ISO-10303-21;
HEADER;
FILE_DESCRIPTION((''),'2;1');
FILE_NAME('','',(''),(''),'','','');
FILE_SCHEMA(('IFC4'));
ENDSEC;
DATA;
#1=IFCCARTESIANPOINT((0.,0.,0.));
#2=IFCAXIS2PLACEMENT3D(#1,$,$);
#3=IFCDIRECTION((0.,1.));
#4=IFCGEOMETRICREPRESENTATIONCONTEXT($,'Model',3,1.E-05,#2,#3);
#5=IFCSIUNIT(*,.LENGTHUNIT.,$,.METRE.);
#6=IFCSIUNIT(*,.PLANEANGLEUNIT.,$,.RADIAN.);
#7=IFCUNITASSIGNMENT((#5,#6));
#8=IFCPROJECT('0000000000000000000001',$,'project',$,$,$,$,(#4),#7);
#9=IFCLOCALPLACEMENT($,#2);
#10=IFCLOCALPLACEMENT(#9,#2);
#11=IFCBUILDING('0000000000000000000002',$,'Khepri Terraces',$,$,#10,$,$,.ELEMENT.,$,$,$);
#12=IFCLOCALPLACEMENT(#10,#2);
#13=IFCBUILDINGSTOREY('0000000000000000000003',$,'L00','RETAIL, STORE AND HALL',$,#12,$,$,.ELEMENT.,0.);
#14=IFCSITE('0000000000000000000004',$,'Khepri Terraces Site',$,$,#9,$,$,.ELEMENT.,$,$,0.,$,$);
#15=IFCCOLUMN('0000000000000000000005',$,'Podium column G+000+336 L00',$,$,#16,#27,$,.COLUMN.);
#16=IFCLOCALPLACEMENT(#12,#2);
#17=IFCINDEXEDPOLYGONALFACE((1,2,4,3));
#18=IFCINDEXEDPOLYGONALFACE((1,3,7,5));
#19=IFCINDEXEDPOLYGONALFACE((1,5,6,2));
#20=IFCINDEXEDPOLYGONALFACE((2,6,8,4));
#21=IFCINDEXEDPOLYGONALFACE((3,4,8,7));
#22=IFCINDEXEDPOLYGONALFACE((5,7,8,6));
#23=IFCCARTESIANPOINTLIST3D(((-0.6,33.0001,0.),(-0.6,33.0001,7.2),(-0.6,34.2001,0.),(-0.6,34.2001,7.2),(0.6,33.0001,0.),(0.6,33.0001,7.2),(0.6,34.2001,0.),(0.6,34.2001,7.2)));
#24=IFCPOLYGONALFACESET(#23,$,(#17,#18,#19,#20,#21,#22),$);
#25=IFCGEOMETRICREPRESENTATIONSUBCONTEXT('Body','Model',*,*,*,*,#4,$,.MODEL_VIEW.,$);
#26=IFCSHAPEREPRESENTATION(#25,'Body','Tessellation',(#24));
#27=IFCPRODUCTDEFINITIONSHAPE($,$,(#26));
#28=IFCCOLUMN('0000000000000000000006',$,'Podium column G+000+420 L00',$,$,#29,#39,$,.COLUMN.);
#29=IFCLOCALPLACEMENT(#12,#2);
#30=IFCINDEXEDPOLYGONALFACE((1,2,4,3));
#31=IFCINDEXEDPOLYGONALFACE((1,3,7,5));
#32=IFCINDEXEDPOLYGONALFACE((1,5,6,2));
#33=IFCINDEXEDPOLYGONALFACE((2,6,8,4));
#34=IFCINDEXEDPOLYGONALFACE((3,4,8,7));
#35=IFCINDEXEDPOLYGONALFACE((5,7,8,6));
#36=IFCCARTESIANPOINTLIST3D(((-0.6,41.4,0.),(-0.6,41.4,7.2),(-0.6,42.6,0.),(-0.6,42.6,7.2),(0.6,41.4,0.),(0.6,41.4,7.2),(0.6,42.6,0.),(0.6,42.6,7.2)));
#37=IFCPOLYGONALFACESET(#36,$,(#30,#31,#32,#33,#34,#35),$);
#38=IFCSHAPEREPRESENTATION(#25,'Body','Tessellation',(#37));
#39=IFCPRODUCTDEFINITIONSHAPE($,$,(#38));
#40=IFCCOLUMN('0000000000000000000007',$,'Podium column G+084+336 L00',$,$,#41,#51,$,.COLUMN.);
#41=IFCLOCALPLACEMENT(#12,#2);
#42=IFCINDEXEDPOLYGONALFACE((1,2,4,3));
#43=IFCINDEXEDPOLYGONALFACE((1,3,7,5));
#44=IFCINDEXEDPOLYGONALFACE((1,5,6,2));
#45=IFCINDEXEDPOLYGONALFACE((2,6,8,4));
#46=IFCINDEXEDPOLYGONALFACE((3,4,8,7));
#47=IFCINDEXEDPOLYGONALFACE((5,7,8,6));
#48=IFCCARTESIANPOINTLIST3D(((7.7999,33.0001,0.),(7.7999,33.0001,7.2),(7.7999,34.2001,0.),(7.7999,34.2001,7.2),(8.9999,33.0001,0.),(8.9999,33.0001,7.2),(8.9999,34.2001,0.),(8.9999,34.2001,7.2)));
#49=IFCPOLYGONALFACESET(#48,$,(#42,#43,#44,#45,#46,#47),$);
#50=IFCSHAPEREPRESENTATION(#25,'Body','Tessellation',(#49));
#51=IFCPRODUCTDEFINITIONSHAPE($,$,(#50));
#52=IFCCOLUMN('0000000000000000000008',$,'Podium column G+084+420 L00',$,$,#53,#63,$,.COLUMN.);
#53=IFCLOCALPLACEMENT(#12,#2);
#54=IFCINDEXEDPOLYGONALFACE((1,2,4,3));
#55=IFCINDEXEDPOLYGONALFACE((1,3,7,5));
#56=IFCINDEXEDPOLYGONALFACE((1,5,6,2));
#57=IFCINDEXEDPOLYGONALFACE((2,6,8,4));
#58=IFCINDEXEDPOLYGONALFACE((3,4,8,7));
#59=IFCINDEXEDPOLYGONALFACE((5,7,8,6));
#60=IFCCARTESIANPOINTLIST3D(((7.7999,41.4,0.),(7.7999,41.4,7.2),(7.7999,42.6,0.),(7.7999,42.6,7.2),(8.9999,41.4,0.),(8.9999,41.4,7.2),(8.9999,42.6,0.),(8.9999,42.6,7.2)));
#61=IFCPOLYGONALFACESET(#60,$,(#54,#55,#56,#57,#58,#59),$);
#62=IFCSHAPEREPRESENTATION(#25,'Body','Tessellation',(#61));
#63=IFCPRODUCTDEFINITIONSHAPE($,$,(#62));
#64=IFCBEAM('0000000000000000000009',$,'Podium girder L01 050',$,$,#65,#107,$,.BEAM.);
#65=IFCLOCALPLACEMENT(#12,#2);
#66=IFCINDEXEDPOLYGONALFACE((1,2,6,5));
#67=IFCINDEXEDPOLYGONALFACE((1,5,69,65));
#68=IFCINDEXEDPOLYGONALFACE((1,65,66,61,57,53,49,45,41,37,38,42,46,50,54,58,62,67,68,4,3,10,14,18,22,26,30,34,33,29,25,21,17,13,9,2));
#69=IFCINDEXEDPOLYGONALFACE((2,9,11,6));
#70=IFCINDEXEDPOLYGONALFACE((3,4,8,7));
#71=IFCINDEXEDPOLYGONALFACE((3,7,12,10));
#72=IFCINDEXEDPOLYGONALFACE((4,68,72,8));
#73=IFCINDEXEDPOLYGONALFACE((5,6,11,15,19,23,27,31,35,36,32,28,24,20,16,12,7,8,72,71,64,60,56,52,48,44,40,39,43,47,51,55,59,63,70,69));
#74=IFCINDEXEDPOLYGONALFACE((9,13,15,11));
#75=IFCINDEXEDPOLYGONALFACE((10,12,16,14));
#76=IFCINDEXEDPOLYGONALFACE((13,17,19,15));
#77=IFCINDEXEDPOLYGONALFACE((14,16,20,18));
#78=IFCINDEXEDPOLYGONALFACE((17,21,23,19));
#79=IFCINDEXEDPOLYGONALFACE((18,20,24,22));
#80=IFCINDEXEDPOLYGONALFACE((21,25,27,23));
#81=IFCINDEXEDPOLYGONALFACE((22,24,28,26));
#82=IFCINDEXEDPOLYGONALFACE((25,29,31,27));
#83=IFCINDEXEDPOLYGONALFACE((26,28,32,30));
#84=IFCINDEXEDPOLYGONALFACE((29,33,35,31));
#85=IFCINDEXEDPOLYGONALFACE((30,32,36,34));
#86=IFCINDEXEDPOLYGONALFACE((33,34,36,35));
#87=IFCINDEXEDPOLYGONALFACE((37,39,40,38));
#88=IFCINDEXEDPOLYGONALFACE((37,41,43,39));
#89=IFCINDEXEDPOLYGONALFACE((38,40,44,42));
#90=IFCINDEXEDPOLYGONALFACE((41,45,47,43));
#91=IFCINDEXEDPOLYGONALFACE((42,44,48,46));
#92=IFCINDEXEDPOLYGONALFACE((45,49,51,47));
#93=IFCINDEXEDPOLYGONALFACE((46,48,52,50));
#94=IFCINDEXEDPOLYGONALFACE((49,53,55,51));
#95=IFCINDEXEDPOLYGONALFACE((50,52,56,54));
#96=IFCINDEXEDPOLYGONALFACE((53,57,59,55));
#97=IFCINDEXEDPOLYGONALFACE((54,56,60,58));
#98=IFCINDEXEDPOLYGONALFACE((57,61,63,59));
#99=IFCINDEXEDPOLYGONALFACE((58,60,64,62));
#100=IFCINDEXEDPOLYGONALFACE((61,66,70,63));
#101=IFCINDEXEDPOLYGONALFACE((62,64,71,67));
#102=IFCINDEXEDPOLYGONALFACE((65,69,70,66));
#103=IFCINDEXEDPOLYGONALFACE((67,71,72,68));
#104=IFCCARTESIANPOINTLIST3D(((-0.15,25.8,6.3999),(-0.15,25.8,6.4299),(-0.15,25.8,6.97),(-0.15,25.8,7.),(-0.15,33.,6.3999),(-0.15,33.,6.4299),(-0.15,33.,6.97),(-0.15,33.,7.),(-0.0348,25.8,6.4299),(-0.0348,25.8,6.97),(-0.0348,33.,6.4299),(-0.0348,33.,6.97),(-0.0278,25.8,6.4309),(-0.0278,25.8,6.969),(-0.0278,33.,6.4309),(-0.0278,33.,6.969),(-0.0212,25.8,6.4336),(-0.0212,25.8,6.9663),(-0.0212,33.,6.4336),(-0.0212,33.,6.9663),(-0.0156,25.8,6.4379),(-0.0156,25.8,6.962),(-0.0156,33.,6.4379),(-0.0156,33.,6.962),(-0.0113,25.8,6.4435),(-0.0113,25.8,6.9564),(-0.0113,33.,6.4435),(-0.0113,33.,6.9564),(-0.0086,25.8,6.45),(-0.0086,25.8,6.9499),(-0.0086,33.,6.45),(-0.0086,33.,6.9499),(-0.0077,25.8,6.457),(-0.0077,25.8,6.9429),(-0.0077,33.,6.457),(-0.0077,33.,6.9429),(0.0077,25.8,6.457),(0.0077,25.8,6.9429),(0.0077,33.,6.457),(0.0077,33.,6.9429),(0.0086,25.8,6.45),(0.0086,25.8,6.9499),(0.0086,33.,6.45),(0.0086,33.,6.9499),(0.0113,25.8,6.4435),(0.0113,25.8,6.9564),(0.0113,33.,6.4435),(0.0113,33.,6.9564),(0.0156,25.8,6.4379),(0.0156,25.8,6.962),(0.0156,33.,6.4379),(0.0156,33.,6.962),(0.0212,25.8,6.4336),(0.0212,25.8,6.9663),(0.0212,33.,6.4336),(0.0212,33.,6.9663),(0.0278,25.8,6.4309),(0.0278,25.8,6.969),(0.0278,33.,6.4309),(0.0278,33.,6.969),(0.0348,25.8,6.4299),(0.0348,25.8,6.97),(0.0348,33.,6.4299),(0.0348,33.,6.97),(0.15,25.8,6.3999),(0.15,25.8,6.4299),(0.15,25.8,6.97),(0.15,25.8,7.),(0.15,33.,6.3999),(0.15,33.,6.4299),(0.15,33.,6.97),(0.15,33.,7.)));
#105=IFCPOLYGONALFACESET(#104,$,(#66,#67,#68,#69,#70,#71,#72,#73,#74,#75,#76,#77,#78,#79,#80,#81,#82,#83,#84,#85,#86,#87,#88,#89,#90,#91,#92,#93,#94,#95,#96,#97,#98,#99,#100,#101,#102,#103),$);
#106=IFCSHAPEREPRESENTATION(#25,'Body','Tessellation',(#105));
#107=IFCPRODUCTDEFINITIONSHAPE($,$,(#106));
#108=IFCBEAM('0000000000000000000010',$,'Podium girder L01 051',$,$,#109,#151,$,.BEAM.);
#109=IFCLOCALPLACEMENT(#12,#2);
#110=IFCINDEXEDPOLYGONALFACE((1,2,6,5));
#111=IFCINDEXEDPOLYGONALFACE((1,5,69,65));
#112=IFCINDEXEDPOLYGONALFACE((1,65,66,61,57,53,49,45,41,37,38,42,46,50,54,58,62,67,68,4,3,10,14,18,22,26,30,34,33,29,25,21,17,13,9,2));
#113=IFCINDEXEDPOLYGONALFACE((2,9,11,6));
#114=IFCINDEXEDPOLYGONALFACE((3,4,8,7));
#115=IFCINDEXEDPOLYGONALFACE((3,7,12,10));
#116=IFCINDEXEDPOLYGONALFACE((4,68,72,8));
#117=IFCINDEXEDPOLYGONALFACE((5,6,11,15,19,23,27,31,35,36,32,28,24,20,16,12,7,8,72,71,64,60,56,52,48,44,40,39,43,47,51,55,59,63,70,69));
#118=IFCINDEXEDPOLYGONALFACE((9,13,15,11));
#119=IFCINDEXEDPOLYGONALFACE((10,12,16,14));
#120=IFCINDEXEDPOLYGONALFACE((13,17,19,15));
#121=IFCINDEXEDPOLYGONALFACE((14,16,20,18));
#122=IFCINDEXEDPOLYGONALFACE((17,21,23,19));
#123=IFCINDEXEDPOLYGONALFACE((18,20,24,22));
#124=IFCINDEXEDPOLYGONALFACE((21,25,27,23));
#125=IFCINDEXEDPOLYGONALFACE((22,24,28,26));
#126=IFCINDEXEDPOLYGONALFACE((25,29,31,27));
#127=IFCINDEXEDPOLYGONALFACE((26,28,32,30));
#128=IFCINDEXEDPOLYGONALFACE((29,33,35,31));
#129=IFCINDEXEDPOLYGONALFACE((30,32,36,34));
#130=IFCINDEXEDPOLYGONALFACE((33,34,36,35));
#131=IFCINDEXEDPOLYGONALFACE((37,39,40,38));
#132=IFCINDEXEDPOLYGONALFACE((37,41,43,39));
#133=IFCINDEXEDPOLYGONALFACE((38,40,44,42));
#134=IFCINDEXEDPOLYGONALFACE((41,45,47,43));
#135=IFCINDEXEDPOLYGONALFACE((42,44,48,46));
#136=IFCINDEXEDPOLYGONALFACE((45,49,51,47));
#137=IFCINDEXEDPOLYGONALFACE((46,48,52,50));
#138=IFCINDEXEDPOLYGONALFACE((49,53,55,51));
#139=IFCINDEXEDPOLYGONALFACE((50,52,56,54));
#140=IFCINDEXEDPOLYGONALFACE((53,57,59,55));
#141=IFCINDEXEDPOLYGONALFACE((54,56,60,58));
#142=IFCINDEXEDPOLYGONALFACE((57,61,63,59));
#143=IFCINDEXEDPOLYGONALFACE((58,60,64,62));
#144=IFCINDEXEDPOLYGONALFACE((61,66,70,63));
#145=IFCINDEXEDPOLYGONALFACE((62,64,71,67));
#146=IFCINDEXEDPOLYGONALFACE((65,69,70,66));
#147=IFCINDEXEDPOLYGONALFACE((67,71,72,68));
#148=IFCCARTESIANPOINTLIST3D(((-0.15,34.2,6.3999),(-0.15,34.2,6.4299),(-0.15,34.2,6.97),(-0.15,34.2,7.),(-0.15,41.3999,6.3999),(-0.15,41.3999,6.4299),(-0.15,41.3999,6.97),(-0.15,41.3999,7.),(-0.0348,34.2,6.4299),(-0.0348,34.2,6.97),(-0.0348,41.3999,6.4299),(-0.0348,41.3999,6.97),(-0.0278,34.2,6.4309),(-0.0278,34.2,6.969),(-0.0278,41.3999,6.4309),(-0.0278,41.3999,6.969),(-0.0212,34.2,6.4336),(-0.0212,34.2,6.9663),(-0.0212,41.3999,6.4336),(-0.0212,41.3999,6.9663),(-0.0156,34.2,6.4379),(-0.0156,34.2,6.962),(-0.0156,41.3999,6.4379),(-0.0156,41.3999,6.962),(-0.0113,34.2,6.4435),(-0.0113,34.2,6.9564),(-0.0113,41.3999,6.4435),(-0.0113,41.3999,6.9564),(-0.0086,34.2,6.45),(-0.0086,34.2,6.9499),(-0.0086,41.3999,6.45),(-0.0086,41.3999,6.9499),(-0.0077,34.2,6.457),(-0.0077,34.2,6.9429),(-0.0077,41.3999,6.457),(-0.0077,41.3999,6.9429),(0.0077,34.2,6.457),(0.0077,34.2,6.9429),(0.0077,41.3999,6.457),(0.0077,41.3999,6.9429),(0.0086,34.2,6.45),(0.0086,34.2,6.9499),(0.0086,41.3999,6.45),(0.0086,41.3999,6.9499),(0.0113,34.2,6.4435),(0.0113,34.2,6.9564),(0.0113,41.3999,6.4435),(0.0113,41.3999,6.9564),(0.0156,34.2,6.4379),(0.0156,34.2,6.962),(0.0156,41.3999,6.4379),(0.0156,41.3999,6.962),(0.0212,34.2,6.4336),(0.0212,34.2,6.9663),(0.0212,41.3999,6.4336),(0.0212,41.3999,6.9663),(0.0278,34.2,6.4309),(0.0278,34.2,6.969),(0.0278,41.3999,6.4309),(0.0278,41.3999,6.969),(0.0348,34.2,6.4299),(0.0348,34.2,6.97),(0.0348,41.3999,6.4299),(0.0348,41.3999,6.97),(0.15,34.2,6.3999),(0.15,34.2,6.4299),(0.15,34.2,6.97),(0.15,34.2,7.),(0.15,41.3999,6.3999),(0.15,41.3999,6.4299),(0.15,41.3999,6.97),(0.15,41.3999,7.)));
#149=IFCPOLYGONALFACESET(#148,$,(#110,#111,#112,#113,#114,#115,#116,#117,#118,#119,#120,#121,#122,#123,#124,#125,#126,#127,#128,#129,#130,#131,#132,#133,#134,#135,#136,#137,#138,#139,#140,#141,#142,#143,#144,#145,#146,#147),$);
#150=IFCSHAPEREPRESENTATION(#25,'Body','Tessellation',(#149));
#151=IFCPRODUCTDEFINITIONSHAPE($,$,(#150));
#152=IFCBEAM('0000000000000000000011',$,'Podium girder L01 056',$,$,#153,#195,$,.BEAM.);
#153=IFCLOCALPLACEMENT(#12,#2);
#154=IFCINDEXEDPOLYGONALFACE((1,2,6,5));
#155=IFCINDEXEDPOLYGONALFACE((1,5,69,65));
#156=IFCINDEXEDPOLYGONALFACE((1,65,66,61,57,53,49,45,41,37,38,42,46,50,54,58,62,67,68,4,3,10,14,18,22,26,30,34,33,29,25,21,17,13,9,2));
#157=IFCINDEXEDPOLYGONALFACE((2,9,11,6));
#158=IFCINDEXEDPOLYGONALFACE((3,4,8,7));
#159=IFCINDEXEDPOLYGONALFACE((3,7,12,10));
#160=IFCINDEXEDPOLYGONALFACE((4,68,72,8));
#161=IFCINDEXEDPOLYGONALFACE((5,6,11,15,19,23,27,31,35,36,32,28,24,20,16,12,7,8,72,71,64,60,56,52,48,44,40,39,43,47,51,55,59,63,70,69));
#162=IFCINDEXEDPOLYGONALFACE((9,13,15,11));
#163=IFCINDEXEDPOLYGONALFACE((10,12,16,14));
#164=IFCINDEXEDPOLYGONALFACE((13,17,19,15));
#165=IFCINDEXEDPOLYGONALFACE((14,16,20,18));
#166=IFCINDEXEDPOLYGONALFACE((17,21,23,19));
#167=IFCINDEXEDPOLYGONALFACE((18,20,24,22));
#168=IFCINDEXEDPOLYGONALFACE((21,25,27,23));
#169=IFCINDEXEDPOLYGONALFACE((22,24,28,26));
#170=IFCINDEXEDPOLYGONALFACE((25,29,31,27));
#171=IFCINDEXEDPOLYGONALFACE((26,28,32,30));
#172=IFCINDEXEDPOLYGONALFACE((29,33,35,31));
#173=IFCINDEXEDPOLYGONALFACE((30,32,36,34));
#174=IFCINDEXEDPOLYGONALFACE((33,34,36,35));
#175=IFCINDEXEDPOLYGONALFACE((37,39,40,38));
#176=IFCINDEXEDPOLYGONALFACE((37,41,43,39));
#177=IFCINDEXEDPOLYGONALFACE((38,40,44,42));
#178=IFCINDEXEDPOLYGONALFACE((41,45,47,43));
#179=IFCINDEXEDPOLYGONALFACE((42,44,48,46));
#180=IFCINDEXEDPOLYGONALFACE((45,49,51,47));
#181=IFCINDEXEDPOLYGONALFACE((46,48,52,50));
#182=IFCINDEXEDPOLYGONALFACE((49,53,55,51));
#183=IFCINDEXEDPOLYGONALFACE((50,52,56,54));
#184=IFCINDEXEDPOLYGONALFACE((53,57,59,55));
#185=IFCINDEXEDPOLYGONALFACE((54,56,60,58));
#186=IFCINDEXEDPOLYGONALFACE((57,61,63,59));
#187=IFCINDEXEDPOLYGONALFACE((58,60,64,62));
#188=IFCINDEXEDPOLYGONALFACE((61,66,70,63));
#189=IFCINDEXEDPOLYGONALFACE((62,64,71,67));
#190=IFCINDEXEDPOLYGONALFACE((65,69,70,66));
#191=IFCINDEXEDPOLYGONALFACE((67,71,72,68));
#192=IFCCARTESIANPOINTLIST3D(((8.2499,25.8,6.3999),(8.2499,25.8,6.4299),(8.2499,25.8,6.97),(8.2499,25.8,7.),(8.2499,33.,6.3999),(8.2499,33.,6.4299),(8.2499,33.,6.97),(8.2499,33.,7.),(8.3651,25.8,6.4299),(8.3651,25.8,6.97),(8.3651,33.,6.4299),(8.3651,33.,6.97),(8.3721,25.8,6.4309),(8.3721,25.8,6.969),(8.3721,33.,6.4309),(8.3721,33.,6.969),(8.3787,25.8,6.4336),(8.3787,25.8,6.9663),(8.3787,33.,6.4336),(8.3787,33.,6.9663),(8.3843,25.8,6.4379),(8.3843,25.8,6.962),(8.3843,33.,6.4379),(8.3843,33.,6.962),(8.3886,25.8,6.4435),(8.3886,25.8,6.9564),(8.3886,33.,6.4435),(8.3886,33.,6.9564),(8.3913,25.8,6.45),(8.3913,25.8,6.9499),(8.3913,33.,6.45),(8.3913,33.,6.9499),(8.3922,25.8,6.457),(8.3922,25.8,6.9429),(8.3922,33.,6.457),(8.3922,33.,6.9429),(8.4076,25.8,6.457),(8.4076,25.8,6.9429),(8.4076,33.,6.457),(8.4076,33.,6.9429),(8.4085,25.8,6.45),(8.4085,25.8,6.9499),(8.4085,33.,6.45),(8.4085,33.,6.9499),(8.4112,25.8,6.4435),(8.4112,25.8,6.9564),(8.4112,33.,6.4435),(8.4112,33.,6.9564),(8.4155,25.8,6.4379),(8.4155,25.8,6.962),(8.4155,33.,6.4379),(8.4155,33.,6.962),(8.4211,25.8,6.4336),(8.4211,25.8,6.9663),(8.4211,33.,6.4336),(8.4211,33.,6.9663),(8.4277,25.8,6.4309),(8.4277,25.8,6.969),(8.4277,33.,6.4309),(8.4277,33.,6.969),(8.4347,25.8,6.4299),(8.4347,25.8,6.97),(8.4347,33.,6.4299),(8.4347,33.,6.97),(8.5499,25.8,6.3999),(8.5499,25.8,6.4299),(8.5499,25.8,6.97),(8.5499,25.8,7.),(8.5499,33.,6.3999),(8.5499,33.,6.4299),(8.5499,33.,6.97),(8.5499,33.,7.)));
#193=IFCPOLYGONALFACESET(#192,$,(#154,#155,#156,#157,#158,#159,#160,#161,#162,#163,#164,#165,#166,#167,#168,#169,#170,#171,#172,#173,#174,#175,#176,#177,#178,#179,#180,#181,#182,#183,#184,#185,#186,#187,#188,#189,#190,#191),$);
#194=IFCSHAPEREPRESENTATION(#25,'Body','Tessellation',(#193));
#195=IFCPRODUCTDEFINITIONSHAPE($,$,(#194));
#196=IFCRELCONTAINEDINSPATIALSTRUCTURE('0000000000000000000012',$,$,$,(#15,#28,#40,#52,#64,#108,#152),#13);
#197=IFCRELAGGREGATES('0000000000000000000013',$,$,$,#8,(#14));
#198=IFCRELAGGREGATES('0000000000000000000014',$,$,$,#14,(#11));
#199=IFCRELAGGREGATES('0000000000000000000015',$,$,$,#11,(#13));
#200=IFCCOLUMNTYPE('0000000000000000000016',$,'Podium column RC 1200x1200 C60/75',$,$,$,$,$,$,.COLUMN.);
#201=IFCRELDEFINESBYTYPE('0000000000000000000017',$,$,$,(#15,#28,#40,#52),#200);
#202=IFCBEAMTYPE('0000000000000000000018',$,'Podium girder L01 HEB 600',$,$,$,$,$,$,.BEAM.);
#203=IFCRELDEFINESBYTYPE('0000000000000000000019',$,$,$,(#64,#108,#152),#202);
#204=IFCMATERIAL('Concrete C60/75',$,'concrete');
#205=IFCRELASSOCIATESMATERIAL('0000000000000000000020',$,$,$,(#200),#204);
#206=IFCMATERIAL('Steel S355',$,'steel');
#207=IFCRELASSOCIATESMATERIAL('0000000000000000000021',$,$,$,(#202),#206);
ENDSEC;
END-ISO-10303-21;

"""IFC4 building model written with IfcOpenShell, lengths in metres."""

from ifc_helpers import new_model, si_unit, direction, frame, origin, origin_2d, place, context, subcontext, project, spatial, rectangle, i_section, extrude, material, material_profile, profile_set, type_object, element, save


model = new_model("IFC4")

# Units and contexts
model_context = context("Model", 3, precision=1e-05, world=origin(), true_north=direction((0.0, 1.0)))
body_context = subcontext(model_context, "Body", "Model", "MODEL_VIEW")
ifc_project = project(units=[si_unit("LENGTHUNIT", "METRE"), si_unit("PLANEANGLEUNIT", "RADIAN")], contexts=[model_context])

# Site, building, storey
site_placement = place(None, origin())
site = spatial("IfcSite", under=ifc_project, at=site_placement, Name="Khepri Terraces Site", CompositionType="ELEMENT", RefElevation=0.0)
building_placement = place(site_placement, origin())
building = spatial("IfcBuilding", under=site, at=building_placement, Name="Khepri Terraces", CompositionType="ELEMENT")
storey_placement = place(building_placement, origin())
storey = spatial("IfcBuildingStorey", under=building, at=storey_placement, Name="L00", Description="RETAIL, STORE AND HALL", CompositionType="ELEMENT", Elevation=0.0)

# Columns
ifc_material_1 = material(Name="Concrete C60/75", Category="concrete")
ifc_material_profile_1 = material_profile(ifc_material_1, rectangle(XDim=1.2, YDim=1.2, at=origin_2d()), Name="Concrete C60/75", Category="concrete")
ifc_profile_set_1 = profile_set([ifc_material_profile_1], Name="Concrete C60/75")
column_type = type_object("IfcColumnType", Name="Podium column RC 1200x1200 C60/75", PredefinedType="COLUMN", material=ifc_profile_set_1)
for number, where, z_axis, x_axis, name in (
    (1, (0.0, 33.6001, 0.0), (0.0, 0.0, 1.0), (1.0, 0.0, 0.0), "Podium column G+000+336 L00"),
    (2, (0.0, 42.0, 0.0), (0.0, 0.0, 1.0), (1.0, 0.0, 0.0), "Podium column G+000+420 L00"),
    (3, (8.3999, 33.6001, 0.0), (0.0, 0.0, 1.0), (1.0, 0.0, 0.0), "Podium column G+084+336 L00"),
    (4, (8.3999, 42.0, 0.0), (0.0, 0.0, 1.0), (1.0, 0.0, 0.0), "Podium column G+084+420 L00"),
):
    element("IfcColumn", number, at=place(storey_placement, frame(where, z_axis=z_axis, x_axis=x_axis)), inside=storey, type_object=column_type, Name=name, PredefinedType="COLUMN", context=body_context, shape_type="SweptSolid", body=[
        extrude(rectangle(XDim=1.2, YDim=1.2, at=origin_2d()), origin(), (0.0, 0.0, 1.0), 7.2),
    ])

# Beams
ifc_material_2 = material(Name="Steel S355", Category="steel")
ifc_material_profile_2 = material_profile(ifc_material_2, i_section(OverallWidth=0.3, OverallDepth=0.6001, WebThickness=0.0154, FlangeThickness=0.03, FilletRadius=0.0271, at=origin_2d()), Name="Steel S355", Category="steel")
ifc_profile_set_2 = profile_set([ifc_material_profile_2], Name="Steel S355")
beam_type_1 = type_object("IfcBeamType", Name="Podium girder L01 HEB 600", PredefinedType="BEAM", material=ifc_profile_set_2)
for number, where, z_axis, x_axis, name in (
    (5, (0.0, 25.8, 6.7), (0.0, 1.0, 0.0), (-1.0, 0.0, 0.0), "Podium girder L01 050"),
    (6, (0.0, 34.2, 6.7), (0.0, 1.0, 0.0), (-1.0, 0.0, 0.0), "Podium girder L01 051"),
    (7, (8.3999, 25.8, 6.7), (0.0, 1.0, 0.0), (-1.0, 0.0, 0.0), "Podium girder L01 056"),
):
    element("IfcBeam", number, at=place(storey_placement, frame(where, z_axis=z_axis, x_axis=x_axis)), inside=storey, type_object=beam_type_1, Name=name, PredefinedType="BEAM", context=body_context, shape_type="SweptSolid", body=[
        extrude(i_section(OverallWidth=0.3, OverallDepth=0.6001, WebThickness=0.0154, FlangeThickness=0.03, FilletRadius=0.0271, at=origin_2d()), origin(), (0.0, 0.0, 1.0), 7.2),
    ])

save(model, "model.ifc")
